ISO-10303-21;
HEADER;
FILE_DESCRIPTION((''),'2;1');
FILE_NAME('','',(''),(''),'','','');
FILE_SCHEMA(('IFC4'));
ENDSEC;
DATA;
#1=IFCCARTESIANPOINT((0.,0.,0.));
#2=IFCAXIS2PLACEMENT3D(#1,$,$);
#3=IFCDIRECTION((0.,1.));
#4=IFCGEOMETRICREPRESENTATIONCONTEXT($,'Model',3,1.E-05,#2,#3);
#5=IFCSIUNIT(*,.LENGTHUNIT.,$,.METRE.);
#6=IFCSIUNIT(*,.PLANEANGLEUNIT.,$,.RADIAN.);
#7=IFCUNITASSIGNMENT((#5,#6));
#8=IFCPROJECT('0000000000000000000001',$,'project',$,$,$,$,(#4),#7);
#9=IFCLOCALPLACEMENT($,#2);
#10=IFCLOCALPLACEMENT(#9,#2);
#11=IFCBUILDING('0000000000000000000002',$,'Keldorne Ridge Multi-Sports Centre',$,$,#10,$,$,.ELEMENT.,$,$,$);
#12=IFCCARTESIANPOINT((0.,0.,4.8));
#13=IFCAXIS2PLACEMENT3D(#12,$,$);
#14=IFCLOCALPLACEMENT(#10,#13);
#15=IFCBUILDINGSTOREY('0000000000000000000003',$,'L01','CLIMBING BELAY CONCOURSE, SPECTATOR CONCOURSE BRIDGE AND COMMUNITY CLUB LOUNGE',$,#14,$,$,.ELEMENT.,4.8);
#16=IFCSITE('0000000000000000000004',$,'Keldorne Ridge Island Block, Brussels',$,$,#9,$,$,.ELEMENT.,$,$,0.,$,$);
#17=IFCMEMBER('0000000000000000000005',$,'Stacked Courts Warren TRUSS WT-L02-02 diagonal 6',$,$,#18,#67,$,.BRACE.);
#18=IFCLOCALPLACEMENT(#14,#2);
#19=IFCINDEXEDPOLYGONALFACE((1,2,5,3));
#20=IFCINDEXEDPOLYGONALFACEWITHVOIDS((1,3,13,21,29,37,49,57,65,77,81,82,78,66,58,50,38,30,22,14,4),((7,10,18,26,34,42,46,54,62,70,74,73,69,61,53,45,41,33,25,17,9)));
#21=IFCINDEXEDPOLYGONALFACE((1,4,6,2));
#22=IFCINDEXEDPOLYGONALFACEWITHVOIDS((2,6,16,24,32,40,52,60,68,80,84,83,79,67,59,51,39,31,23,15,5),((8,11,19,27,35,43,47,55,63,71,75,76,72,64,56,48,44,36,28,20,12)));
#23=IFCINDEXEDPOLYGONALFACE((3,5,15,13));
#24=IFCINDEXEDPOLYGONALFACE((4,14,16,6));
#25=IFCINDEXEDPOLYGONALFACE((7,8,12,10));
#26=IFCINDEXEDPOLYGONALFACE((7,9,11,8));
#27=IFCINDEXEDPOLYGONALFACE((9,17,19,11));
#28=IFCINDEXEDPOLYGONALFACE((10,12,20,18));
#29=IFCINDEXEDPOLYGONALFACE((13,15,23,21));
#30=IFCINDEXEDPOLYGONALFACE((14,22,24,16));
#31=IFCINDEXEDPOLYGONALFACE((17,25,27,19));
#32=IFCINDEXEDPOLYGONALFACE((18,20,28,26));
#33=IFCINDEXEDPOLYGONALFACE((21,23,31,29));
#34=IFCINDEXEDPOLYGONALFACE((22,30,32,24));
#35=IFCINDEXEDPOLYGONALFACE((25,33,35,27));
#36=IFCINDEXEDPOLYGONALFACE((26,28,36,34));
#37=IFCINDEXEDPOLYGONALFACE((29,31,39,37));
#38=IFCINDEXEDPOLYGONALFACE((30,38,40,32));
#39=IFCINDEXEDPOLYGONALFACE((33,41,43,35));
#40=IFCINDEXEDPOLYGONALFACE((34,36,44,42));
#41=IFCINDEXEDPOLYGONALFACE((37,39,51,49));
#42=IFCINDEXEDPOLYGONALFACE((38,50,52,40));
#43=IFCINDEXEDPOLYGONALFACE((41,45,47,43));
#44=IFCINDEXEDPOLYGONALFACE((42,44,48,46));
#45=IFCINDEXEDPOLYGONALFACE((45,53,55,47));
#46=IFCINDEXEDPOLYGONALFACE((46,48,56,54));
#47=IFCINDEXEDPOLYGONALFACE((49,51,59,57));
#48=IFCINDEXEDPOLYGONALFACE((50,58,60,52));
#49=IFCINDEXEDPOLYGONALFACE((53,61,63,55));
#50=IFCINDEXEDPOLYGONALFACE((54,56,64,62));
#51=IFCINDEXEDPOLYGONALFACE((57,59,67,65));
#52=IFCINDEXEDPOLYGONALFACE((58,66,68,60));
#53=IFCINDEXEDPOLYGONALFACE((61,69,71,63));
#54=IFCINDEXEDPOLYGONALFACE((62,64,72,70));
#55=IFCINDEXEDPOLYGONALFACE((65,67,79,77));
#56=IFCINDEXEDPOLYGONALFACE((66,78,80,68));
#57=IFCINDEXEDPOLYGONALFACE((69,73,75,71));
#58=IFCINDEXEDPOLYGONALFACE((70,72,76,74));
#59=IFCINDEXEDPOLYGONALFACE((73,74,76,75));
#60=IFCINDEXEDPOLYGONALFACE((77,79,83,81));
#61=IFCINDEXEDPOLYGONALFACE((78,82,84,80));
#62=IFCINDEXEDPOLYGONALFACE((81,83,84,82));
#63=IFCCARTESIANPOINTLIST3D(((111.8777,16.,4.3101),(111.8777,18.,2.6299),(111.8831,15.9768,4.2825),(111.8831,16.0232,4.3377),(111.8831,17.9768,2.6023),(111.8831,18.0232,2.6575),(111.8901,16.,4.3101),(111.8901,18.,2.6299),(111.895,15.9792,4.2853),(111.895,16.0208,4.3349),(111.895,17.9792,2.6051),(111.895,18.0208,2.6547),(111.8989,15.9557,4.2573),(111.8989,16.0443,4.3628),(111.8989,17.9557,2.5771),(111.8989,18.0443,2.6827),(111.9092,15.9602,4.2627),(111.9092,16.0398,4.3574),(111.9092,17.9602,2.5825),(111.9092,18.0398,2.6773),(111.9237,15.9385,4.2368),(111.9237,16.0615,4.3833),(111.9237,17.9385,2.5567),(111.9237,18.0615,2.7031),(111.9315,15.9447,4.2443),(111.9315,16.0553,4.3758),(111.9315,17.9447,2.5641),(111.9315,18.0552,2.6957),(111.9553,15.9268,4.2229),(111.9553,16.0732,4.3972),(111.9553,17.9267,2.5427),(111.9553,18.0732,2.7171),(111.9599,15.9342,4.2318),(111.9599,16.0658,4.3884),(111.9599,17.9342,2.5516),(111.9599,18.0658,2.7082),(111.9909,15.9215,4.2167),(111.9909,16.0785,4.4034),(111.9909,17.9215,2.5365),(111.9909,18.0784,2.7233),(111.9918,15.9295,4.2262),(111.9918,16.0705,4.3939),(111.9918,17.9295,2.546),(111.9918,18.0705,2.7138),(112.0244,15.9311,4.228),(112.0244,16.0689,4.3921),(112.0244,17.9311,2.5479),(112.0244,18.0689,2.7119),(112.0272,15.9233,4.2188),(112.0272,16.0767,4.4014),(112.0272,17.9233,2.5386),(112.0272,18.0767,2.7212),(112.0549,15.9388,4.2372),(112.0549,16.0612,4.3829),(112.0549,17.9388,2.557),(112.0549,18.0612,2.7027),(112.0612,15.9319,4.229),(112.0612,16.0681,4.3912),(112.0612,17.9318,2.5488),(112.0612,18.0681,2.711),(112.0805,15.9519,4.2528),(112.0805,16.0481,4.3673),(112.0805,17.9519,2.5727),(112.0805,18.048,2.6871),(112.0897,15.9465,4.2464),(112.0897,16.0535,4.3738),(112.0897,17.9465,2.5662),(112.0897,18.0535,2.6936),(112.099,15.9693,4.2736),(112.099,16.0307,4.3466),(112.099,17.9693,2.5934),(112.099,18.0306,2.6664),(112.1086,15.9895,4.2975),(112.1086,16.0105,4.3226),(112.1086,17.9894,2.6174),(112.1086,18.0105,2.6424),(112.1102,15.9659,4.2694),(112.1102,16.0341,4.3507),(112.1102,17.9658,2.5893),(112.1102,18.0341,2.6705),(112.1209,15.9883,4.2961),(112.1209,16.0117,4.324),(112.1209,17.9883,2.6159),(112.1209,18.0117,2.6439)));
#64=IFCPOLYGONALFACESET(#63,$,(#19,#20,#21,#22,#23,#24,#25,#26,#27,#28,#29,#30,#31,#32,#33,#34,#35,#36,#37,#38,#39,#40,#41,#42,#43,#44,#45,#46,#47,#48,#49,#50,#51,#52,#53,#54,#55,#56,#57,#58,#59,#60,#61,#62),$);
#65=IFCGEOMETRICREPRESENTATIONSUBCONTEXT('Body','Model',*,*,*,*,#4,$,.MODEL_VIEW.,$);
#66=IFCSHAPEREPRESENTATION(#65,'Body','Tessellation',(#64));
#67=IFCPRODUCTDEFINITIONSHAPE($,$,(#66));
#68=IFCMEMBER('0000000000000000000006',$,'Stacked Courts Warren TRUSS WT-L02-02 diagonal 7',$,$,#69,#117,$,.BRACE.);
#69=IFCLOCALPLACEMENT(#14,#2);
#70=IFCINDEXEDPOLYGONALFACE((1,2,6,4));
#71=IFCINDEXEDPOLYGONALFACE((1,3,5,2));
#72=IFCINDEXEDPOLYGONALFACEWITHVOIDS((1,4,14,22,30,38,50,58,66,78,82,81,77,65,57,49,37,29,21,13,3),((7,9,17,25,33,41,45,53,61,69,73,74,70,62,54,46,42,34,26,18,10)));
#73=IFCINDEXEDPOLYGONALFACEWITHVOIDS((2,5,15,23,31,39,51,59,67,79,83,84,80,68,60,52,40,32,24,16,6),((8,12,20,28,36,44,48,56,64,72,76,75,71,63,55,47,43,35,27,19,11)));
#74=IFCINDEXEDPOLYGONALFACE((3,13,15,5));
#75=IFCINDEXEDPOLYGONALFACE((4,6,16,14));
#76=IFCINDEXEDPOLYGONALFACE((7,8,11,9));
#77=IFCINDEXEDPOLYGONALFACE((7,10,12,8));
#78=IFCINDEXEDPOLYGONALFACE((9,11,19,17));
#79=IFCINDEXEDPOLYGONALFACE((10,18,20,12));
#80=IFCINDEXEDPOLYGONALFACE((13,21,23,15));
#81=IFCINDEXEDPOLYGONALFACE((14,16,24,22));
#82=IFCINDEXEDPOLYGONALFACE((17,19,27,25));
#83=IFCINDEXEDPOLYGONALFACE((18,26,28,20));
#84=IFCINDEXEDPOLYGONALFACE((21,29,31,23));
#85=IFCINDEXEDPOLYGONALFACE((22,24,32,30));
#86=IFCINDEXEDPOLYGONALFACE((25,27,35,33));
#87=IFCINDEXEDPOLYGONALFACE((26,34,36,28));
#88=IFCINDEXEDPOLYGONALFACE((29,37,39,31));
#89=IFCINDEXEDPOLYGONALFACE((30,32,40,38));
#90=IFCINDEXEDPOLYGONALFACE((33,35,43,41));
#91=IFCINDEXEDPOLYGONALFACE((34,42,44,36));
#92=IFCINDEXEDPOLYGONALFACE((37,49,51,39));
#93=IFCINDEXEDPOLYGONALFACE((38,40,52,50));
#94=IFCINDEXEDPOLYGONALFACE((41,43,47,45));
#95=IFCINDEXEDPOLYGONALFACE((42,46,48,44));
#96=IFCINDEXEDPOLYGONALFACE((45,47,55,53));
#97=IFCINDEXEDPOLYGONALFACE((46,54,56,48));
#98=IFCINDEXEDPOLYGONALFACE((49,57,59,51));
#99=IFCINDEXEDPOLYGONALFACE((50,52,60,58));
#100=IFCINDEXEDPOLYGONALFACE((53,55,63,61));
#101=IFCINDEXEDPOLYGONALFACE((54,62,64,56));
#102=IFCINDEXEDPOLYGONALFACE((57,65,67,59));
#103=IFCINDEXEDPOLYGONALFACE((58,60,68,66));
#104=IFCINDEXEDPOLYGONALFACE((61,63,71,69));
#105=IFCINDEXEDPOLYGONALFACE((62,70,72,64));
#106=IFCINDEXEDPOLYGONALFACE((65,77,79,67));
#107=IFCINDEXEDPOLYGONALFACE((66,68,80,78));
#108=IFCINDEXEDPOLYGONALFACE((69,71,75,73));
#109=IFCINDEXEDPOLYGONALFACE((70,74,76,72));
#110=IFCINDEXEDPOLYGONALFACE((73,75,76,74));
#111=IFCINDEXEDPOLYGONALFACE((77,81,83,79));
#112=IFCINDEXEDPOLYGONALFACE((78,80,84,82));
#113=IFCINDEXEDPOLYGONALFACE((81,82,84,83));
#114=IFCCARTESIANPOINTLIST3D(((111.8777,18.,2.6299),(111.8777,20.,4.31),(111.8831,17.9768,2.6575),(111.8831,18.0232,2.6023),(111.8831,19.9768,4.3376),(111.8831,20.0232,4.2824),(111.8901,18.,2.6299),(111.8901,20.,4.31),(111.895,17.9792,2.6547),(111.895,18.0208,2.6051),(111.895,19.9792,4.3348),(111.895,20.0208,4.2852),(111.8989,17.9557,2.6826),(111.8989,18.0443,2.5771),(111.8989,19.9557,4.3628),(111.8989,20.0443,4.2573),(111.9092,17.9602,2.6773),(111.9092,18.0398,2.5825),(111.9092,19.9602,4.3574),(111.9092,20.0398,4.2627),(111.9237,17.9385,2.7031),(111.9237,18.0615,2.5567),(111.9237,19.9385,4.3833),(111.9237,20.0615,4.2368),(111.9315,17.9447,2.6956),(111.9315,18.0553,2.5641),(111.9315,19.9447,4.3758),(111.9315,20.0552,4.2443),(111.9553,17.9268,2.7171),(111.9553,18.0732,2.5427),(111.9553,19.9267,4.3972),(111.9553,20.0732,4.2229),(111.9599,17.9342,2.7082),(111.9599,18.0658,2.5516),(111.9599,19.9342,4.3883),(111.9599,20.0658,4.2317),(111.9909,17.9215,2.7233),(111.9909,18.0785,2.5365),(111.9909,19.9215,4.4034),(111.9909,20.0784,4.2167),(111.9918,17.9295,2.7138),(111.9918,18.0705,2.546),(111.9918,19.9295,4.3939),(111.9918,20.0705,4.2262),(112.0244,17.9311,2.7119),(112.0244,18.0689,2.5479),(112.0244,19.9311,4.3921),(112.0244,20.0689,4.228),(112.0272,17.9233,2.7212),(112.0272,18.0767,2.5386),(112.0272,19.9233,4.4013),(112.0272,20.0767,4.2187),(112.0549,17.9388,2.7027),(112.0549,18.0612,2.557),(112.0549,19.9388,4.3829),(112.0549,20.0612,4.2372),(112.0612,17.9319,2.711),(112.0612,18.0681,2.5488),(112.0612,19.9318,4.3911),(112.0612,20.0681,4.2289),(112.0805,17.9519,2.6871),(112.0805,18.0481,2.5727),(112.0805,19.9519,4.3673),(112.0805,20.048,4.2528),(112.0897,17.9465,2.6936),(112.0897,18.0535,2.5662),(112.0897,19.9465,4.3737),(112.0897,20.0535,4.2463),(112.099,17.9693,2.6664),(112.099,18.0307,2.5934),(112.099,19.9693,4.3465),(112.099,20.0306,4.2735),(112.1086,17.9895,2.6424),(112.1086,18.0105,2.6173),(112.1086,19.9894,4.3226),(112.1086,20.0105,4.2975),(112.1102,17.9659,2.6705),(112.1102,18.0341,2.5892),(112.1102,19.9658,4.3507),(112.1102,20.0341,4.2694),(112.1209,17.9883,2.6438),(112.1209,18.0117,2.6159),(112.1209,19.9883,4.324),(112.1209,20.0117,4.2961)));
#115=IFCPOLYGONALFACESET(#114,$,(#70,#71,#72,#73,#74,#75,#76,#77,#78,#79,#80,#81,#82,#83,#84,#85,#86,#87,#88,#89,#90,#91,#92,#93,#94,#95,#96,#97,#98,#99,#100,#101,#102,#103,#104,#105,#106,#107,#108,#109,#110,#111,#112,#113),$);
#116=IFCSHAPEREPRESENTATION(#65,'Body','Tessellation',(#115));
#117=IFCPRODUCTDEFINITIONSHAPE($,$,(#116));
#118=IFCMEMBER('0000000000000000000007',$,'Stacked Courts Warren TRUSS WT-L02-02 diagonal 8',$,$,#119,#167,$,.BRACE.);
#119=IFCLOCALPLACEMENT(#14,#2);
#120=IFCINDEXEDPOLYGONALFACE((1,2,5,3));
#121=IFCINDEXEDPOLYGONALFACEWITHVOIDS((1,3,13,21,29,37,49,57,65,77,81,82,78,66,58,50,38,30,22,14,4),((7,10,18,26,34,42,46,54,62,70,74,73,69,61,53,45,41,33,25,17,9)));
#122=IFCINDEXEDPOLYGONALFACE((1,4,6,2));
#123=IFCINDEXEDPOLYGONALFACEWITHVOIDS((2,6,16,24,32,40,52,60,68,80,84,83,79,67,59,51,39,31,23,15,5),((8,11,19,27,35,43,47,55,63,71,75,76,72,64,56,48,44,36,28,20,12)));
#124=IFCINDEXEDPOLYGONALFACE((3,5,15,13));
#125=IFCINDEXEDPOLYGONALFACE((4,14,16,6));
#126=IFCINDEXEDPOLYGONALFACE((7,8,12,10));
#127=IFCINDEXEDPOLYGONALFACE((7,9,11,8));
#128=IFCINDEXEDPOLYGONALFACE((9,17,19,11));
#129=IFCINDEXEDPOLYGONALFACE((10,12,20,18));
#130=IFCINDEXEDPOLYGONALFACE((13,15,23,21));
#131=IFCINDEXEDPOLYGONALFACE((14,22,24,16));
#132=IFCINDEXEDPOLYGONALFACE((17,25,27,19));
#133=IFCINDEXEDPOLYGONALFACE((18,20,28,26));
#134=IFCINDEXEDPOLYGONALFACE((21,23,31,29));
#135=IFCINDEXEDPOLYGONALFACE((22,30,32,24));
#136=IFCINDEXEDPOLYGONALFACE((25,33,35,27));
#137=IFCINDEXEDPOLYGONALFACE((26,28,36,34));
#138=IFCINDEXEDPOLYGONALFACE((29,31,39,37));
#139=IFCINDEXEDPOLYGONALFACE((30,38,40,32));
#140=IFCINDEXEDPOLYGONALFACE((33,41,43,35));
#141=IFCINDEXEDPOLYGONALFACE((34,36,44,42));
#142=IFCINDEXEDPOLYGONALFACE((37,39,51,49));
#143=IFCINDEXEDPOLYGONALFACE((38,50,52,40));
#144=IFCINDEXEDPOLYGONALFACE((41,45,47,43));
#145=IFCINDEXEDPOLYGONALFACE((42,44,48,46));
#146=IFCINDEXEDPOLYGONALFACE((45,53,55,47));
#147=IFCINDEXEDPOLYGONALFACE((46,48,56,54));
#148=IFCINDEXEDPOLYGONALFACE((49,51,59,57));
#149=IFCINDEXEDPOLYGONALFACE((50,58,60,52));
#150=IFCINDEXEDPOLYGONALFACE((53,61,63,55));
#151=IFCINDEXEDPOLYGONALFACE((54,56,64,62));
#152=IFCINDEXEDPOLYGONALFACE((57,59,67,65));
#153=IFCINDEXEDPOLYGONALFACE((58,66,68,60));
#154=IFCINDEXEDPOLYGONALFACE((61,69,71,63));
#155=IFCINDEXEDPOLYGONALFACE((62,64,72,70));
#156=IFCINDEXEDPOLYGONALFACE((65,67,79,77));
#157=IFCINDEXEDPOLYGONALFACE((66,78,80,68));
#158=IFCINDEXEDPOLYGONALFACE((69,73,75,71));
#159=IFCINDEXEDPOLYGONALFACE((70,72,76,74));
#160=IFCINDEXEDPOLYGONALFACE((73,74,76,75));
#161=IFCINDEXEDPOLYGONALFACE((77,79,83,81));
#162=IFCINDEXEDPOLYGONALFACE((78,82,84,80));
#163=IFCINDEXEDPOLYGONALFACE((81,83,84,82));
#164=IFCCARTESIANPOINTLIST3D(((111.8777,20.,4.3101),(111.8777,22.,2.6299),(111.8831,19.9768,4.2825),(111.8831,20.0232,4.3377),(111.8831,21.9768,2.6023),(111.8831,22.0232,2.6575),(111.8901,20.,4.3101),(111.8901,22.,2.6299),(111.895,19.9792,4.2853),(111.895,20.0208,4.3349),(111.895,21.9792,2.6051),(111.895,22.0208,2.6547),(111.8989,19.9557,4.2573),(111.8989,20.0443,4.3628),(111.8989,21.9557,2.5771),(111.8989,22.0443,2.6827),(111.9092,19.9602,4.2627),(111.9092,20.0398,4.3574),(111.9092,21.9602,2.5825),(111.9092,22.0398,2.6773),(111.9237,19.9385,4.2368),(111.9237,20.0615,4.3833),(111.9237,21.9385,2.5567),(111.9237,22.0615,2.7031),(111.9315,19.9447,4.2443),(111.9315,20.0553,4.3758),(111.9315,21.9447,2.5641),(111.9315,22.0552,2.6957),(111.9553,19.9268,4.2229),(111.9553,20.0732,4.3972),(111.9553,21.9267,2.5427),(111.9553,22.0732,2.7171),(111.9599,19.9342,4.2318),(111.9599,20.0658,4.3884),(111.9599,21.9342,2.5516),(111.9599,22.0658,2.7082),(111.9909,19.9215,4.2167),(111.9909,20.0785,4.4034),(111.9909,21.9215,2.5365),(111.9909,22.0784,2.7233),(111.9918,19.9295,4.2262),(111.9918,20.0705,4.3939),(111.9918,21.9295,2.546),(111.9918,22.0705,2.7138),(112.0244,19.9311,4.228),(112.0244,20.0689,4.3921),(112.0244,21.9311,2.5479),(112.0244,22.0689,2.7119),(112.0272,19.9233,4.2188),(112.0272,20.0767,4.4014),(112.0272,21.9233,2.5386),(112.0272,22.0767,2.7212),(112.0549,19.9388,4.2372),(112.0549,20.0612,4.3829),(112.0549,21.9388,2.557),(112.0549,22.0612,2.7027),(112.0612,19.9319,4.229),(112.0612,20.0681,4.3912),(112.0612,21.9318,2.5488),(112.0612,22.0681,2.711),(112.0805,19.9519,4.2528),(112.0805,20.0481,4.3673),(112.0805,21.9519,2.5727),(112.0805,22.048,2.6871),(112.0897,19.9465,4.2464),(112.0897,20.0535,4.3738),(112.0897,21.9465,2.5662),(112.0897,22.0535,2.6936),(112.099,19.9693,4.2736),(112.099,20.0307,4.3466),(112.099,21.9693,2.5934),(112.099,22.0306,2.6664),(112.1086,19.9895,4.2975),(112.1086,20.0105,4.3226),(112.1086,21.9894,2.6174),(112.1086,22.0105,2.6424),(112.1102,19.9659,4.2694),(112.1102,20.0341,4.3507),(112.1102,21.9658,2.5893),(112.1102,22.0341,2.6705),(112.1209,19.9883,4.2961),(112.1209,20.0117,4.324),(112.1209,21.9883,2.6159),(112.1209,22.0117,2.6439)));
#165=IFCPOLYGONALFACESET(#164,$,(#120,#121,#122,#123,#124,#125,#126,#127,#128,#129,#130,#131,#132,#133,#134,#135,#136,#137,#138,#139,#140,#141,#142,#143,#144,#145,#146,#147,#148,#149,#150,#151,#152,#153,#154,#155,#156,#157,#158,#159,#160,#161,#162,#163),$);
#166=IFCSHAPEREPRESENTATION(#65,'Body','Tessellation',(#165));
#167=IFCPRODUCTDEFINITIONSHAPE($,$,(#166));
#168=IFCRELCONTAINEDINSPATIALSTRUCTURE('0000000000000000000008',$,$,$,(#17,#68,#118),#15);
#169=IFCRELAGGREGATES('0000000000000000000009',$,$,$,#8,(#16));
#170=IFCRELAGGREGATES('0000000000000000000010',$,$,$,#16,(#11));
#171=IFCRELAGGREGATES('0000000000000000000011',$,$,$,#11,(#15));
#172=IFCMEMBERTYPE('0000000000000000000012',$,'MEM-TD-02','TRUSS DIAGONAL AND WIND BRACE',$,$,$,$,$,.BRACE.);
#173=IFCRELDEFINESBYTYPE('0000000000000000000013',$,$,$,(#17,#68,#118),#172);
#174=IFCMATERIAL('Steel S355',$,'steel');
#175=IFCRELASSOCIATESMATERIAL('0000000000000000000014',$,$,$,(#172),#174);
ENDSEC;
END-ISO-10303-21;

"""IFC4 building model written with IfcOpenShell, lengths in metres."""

from ifc_helpers import new_model, si_unit, direction, frame, origin, origin_2d, place, context, subcontext, project, spatial, hollow_circle, extrude, material, material_profile, profile_set, type_object, element, save


model = new_model("IFC4")

# Units and contexts
model_context = context("Model", 3, precision=1e-05, world=origin(), true_north=direction((0.0, 1.0)))
body_context = subcontext(model_context, "Body", "Model", "MODEL_VIEW")
ifc_project = project(units=[si_unit("LENGTHUNIT", "METRE"), si_unit("PLANEANGLEUNIT", "RADIAN")], contexts=[model_context])

# Site, building, storey
site_placement = place(None, origin())
site = spatial("IfcSite", under=ifc_project, at=site_placement, Name="Keldorne Ridge Island Block, Brussels", CompositionType="ELEMENT", RefElevation=0.0)
building_placement = place(site_placement, origin())
building = spatial("IfcBuilding", under=site, at=building_placement, Name="Keldorne Ridge Multi-Sports Centre", CompositionType="ELEMENT")
storey_placement = place(building_placement, frame((0.0, 0.0, 4.8)))
storey = spatial("IfcBuildingStorey", under=building, at=storey_placement, Name="L01", Description="CLIMBING BELAY CONCOURSE, SPECTATOR CONCOURSE BRIDGE AND COMMUNITY CLUB LOUNGE", CompositionType="ELEMENT", Elevation=4.8)

# Members
ifc_material_1 = material(Name="Steel S355", Category="steel")
ifc_material_profile_1 = material_profile(ifc_material_1, hollow_circle(Radius=0.1223, WallThickness=0.0125, at=origin_2d()), Name="CHS 244.5x12.5")
ifc_profile_set_1 = profile_set([ifc_material_profile_1], Name="Steel S355")
member_type_1 = type_object("IfcMemberType", Name="MEM-TD-02", Description="TRUSS DIAGONAL AND WIND BRACE", PredefinedType="BRACE", material=ifc_profile_set_1)
for number, where, z_axis, x_axis, name in (
    (1, (112.0, 16.0, 4.3101), (0.0, 0.765672, -0.643232), (-1.0, 0.0, 0.0), "Stacked Courts Warren TRUSS WT-L02-02 diagonal 6"),
    (2, (112.0, 18.0, 2.6299), (0.0, 0.765672, 0.643232), (-1.0, 0.0, 0.0), "Stacked Courts Warren TRUSS WT-L02-02 diagonal 7"),
    (3, (112.0, 20.0, 4.3101), (0.0, 0.765672, -0.643232), (-1.0, 0.0, 0.0), "Stacked Courts Warren TRUSS WT-L02-02 diagonal 8"),
):
    element("IfcMember", number, at=place(storey_placement, frame(where, z_axis=z_axis, x_axis=x_axis)), inside=storey, type_object=member_type_1, Name=name, PredefinedType="BRACE", context=body_context, shape_type="SweptSolid", body=[
        extrude(hollow_circle(Radius=0.1223, WallThickness=0.0125, at=origin_2d()), origin(), (0.0, 0.0, 1.0), 2.6121),
    ])

save(model, "model.ifc")
